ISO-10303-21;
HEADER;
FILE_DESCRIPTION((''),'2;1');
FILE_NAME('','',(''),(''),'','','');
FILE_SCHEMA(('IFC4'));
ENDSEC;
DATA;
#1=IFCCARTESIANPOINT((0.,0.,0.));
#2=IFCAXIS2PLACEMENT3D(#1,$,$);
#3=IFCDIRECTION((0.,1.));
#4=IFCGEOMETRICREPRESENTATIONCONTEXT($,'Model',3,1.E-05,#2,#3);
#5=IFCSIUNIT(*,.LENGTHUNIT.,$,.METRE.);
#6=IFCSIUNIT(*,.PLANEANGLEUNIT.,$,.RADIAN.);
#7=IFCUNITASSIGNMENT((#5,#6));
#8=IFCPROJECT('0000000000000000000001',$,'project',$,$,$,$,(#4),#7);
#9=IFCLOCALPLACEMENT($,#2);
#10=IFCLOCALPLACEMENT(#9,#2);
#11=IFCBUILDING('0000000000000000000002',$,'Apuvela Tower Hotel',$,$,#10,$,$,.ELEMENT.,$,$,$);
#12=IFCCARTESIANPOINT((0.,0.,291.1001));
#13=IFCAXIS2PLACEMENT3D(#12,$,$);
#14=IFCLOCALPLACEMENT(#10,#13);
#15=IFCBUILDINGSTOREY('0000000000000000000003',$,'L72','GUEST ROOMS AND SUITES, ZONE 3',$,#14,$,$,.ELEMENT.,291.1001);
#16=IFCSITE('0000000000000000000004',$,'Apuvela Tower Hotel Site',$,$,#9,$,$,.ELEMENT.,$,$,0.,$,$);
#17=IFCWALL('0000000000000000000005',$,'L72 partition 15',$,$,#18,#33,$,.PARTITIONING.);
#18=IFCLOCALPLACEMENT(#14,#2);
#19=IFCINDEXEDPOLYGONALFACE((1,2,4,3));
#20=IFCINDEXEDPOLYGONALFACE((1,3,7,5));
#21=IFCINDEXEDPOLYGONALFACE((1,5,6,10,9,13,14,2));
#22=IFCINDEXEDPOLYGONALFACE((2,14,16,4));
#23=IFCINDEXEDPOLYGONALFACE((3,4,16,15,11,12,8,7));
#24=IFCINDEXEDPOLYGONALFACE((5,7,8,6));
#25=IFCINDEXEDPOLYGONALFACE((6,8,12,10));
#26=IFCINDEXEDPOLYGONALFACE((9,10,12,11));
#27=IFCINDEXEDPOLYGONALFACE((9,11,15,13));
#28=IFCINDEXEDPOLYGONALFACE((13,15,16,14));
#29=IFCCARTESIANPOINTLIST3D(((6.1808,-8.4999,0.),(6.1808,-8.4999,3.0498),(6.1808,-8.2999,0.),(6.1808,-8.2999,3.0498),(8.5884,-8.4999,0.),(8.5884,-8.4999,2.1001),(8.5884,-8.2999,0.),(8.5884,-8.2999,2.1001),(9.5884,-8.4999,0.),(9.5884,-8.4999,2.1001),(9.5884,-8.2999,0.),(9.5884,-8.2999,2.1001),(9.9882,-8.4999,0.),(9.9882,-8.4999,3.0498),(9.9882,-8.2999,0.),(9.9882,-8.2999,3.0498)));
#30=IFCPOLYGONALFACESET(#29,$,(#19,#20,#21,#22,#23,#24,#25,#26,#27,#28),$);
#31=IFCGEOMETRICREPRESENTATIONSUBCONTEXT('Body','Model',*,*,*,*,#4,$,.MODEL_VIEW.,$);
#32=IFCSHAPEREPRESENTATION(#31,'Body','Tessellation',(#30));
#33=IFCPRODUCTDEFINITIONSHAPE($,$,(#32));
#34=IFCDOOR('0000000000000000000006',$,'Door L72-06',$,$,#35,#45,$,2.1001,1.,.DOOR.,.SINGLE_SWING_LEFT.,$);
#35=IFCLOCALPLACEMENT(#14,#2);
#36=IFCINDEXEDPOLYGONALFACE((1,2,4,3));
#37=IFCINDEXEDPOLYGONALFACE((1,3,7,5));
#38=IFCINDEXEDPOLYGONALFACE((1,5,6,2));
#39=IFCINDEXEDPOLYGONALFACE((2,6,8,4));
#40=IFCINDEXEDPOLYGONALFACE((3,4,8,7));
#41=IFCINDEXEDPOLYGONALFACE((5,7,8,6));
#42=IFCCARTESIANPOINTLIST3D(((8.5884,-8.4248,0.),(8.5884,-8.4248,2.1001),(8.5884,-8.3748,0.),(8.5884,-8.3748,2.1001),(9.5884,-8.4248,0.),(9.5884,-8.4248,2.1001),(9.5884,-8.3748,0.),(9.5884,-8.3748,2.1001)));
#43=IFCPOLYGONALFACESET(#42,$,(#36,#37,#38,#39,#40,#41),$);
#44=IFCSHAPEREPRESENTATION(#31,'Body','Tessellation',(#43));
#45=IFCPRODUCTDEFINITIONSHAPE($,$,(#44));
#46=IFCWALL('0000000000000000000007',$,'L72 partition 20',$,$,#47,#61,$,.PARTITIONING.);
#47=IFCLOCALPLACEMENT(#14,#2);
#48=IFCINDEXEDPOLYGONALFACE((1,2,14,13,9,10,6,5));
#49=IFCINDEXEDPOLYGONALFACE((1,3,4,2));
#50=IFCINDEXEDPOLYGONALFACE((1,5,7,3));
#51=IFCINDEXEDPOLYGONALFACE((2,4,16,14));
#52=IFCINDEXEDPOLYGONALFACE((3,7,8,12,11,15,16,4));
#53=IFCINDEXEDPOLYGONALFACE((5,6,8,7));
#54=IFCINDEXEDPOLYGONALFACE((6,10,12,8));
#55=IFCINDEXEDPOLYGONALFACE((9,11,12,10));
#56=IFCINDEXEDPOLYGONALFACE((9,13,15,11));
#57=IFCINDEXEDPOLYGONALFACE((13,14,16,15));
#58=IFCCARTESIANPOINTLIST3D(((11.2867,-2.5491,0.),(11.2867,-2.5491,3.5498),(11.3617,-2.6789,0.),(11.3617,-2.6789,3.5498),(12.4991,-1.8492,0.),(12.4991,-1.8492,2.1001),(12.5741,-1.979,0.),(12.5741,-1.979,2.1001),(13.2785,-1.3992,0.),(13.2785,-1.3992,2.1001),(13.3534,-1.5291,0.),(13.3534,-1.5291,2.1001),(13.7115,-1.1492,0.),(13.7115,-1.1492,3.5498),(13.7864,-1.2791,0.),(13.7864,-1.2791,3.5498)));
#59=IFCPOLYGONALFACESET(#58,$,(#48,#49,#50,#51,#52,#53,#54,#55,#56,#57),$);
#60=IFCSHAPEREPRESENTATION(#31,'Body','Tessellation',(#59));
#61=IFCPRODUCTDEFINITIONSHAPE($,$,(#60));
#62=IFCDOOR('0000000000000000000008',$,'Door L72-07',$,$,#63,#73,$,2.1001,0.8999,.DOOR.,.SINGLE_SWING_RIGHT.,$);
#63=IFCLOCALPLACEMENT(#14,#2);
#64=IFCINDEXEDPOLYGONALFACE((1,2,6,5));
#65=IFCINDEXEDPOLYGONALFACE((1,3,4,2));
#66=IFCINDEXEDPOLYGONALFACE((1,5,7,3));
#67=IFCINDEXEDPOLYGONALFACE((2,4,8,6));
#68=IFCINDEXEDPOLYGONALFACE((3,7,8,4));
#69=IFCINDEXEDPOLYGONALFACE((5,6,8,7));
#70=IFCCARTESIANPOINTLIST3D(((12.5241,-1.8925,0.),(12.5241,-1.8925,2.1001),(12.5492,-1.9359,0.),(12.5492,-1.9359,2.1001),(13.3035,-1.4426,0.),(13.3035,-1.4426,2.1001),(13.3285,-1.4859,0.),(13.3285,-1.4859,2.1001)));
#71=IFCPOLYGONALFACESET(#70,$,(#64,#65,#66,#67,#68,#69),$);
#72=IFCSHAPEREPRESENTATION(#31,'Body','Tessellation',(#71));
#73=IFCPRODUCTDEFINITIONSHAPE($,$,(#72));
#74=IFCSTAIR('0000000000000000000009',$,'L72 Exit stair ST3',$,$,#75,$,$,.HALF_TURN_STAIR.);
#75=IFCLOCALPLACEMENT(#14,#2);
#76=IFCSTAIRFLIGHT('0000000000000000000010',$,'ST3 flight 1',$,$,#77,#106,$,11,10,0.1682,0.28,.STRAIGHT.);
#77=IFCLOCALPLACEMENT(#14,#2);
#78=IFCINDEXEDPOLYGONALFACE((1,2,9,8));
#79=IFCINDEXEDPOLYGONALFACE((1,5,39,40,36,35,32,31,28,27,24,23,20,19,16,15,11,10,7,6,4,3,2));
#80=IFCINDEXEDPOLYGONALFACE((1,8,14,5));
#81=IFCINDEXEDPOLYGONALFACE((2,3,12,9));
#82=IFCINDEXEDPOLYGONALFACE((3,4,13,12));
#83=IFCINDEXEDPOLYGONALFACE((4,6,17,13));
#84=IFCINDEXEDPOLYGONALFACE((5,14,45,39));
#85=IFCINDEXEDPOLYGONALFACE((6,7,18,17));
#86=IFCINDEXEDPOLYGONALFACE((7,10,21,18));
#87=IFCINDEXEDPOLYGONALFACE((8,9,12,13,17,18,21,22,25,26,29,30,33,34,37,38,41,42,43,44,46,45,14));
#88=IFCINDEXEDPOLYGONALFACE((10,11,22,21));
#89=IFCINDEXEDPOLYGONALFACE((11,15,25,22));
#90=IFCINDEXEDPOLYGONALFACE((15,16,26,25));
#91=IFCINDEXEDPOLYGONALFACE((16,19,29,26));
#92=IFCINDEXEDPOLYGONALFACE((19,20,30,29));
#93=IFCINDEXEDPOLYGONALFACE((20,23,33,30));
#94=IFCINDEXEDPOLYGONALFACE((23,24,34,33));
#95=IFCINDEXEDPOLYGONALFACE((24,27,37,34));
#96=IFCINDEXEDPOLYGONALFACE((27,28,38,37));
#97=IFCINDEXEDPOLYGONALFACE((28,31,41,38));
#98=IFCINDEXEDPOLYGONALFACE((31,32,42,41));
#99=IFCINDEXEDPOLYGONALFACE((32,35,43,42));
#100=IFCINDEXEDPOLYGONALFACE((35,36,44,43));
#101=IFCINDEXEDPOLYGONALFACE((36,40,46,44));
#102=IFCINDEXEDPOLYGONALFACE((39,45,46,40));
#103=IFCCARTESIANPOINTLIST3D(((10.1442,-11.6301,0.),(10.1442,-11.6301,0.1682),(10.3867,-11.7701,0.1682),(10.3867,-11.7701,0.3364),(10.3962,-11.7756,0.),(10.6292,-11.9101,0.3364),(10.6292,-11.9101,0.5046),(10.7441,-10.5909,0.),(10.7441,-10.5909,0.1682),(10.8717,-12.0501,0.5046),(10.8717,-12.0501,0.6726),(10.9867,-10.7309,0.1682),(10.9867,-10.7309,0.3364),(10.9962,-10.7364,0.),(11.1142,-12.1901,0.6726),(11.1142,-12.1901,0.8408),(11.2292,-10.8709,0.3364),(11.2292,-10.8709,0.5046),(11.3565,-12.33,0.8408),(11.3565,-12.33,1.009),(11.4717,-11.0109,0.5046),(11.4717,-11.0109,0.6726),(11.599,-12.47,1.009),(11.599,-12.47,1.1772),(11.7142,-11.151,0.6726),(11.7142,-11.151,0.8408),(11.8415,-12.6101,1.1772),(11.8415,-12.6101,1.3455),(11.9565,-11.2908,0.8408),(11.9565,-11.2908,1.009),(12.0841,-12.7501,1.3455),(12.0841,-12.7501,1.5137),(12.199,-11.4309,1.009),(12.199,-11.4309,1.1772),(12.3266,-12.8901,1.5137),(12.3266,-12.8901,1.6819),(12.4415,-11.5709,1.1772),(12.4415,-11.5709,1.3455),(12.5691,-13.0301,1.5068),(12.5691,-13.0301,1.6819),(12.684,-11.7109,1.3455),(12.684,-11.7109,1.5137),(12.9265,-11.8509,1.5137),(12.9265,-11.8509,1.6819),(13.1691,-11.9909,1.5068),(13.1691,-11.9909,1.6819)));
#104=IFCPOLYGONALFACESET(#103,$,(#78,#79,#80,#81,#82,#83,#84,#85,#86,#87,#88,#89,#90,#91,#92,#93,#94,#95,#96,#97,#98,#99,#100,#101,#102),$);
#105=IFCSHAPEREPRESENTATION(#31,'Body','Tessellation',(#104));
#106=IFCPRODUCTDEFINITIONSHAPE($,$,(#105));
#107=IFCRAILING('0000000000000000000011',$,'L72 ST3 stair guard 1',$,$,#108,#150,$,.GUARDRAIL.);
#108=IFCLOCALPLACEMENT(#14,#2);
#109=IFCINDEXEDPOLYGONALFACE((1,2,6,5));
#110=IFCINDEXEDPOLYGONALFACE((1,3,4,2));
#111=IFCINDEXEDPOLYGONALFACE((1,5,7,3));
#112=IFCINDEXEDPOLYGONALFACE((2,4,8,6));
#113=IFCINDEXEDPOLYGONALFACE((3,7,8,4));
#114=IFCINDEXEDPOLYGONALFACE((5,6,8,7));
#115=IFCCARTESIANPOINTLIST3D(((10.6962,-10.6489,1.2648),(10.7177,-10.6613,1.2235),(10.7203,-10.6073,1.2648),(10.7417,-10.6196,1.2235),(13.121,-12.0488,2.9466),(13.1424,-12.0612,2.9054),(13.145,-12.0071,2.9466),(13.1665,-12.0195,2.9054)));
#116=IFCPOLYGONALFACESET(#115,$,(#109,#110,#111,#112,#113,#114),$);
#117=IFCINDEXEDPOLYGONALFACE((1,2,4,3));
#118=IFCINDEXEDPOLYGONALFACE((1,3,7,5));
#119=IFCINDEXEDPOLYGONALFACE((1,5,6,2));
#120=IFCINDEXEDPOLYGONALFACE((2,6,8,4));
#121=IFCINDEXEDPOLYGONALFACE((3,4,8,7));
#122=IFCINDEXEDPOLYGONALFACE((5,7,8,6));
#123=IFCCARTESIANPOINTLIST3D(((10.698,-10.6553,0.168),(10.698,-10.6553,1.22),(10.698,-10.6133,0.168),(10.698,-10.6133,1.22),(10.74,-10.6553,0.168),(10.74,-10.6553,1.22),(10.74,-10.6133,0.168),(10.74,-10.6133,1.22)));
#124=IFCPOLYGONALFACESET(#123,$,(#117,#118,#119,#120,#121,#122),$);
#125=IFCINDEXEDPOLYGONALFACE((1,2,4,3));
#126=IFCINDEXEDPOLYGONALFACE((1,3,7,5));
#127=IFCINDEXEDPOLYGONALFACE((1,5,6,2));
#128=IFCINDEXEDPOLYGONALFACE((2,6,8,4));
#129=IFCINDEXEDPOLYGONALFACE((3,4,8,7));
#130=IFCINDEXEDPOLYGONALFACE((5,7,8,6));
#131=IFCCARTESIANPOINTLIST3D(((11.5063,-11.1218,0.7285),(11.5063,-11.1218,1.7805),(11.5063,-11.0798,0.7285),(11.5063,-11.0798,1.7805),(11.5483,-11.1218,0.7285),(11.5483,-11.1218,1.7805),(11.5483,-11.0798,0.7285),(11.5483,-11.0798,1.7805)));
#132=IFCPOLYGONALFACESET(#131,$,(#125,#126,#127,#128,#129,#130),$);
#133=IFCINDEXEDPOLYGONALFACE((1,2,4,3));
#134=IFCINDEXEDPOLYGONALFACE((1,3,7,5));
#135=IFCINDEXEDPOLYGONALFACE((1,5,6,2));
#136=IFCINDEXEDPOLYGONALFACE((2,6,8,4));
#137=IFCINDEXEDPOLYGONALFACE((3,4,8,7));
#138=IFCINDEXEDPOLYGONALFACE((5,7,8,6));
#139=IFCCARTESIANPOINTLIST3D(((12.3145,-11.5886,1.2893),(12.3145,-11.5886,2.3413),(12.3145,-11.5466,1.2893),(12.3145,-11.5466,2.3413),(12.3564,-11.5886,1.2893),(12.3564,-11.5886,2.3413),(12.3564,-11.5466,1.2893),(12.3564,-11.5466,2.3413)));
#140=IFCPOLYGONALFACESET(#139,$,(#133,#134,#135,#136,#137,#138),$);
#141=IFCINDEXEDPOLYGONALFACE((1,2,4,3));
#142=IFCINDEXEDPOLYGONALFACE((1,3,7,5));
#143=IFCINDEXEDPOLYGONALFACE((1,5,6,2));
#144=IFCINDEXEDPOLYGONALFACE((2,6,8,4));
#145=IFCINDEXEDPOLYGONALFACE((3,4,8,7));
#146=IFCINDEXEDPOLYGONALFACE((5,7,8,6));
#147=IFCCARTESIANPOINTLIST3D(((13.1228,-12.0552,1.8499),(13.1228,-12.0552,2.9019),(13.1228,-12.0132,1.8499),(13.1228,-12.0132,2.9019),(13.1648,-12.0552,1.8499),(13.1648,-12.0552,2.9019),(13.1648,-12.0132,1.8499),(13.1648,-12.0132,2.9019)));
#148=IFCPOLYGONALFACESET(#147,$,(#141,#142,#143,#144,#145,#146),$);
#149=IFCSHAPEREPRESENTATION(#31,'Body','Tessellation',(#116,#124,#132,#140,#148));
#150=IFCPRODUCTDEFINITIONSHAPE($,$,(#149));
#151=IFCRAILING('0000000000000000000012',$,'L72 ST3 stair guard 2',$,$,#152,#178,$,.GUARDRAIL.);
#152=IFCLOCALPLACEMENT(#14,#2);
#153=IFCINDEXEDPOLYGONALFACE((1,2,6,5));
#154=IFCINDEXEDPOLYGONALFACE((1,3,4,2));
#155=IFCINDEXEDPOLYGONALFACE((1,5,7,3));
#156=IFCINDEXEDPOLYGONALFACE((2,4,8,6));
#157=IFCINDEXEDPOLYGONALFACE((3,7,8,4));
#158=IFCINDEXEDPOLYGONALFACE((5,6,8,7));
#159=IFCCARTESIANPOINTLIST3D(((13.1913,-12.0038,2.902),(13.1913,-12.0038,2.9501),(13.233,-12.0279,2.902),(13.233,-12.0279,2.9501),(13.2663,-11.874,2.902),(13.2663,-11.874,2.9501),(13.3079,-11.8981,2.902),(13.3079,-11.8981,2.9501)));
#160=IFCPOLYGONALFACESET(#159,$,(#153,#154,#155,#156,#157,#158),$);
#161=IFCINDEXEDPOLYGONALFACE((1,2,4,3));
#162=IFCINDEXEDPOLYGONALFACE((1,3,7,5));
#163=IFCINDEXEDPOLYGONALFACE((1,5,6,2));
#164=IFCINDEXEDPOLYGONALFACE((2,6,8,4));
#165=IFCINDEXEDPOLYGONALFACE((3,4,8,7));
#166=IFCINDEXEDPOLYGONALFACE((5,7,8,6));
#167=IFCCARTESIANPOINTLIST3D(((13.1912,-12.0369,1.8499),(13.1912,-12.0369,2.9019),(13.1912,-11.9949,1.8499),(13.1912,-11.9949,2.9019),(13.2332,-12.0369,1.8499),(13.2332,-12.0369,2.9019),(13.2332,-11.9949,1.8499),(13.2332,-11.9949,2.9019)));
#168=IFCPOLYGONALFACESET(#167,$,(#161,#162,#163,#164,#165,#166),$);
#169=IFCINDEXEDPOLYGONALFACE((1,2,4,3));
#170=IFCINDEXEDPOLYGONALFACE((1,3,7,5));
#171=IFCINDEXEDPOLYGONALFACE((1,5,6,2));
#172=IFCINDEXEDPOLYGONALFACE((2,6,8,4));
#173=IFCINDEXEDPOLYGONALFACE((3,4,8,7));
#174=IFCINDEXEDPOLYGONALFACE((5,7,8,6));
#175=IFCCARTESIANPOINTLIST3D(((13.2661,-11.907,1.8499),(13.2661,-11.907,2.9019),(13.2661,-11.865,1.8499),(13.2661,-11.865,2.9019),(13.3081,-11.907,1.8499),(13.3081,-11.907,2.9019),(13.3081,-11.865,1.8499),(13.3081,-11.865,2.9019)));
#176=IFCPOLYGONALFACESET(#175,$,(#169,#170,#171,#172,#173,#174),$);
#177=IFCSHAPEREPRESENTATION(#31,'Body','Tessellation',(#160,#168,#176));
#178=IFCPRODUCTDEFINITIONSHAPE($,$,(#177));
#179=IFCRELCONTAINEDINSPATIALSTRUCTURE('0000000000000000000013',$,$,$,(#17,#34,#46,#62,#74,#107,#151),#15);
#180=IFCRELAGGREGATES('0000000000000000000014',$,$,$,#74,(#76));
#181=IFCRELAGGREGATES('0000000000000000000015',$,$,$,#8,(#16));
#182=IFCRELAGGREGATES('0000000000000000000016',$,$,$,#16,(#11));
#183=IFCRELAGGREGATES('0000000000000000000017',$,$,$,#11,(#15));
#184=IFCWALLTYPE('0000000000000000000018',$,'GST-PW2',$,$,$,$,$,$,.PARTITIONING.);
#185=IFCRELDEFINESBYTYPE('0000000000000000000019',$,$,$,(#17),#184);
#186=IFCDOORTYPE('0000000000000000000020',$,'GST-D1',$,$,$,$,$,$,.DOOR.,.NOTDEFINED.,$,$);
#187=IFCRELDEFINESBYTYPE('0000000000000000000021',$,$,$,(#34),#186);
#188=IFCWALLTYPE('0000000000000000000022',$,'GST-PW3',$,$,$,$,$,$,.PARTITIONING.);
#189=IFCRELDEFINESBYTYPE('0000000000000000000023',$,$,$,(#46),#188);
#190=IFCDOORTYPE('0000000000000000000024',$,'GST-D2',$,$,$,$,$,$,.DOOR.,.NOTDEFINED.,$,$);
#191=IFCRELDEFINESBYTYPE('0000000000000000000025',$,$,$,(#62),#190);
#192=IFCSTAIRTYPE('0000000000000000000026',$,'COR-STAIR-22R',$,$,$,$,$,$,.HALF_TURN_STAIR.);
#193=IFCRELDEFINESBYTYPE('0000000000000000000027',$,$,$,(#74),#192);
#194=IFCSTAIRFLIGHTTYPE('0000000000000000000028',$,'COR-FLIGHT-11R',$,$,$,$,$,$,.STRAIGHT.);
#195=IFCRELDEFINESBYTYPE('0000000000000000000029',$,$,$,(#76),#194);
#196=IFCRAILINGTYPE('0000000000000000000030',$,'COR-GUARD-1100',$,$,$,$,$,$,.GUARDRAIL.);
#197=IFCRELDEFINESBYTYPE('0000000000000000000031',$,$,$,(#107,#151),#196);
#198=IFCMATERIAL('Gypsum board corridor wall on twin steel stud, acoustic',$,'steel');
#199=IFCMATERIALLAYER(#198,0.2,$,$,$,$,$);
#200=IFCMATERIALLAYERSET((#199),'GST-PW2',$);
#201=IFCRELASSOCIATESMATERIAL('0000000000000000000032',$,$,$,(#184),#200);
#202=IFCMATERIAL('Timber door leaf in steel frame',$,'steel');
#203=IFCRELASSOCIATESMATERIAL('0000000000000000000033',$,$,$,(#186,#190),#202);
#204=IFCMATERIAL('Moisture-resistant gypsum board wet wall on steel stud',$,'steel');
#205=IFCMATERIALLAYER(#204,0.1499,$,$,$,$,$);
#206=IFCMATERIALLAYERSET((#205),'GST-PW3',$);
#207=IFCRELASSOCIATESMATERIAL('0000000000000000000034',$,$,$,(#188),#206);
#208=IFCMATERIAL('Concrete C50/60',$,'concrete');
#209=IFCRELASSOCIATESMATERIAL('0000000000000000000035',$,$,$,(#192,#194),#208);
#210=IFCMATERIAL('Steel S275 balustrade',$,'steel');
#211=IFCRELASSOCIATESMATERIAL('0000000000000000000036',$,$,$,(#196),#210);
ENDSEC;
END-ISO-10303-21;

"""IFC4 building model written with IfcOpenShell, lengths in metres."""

from ifc_helpers import new_model, si_unit, direction, frame, frame_2d, origin, origin_2d, place, context, subcontext, project, spatial, polyline, rectangle, outline, extrude, material, layer, layer_set, type_object, element, fill, aggregate, save


model = new_model("IFC4")

# Units and contexts
model_context = context("Model", 3, precision=1e-05, world=origin(), true_north=direction((0.0, 1.0)))
body_context = subcontext(model_context, "Body", "Model", "MODEL_VIEW")
ifc_project = project(units=[si_unit("LENGTHUNIT", "METRE"), si_unit("PLANEANGLEUNIT", "RADIAN")], contexts=[model_context])

# Site, building, storey
site_placement = place(None, origin())
site = spatial("IfcSite", under=ifc_project, at=site_placement, Name="Apuvela Tower Hotel Site", CompositionType="ELEMENT", RefElevation=0.0)
building_placement = place(site_placement, origin())
building = spatial("IfcBuilding", under=site, at=building_placement, Name="Apuvela Tower Hotel", CompositionType="ELEMENT")
storey_placement = place(building_placement, frame((0.0, 0.0, 291.1001)))
storey = spatial("IfcBuildingStorey", under=building, at=storey_placement, Name="L72", Description="GUEST ROOMS AND SUITES, ZONE 3", CompositionType="ELEMENT", Elevation=291.1001)

# Shared definitions
ifc_material_1 = material(Name="Concrete C50/60", Category="concrete")

# Walls, openings, doors
ifc_material_2 = material(Name="Gypsum board corridor wall on twin steel stud, acoustic", Category="steel")
ifc_layer_1 = layer(ifc_material_2, 0.2)
ifc_layer_set_1 = layer_set([ifc_layer_1], Name="GST-PW2")
wall_type_1 = type_object("IfcWallType", Name="GST-PW2", PredefinedType="PARTITIONING", material=ifc_layer_set_1)
ifc_material_3 = material(Name="Timber door leaf in steel frame", Category="steel")
door_type_1 = type_object("IfcDoorType", Name="GST-D1", OperationType="NOTDEFINED", PredefinedType="DOOR", material=ifc_material_3)
wall_1_placement = place(storey_placement, frame((9.9883, -8.3999, 0.0), z_axis=(0.0, 0.0, 1.0), x_axis=(-1.0, 0.0, 0.0)))
wall_1 = element("IfcWall", 1, at=wall_1_placement, inside=storey, type_object=wall_type_1, Name="L72 partition 15", PredefinedType="PARTITIONING", context=body_context, shape_type="SweptSolid", body=[
    extrude(rectangle(XDim=3.8074, YDim=0.2, at=frame_2d((1.9038, 0.0))), origin(), (0.0, 0.0, 1.0), 3.0498),
])
opening_1_placement = place(wall_1_placement, frame((0.3999, 0.0, 0.0)))
opening_1 = element("IfcOpeningElement", 2, at=opening_1_placement, cuts=wall_1, PredefinedType="OPENING", context=body_context, shape_type="SweptSolid", body=[
    extrude(rectangle(XDim=1.0, YDim=2.1001, at=frame_2d((0.5, 1.05))), frame((0.0, 0.1099, 0.0), z_axis=(0.0, -1.0, 0.0), x_axis=(1.0, 0.0, 0.0)), (0.0, 0.0, 1.0), 0.22),
])
door_1_placement = place(opening_1_placement, origin())
door_1 = element("IfcDoor", 3, at=door_1_placement, inside=storey, type_object=door_type_1, Name="Door L72-06", OperationType="SINGLE_SWING_LEFT", OverallHeight=2.1001, OverallWidth=1.0, PredefinedType="DOOR", context=body_context, shape_type="SweptSolid", body=[
    extrude(rectangle(XDim=1.0, YDim=2.1001, at=frame_2d((0.5, 1.05))), frame((0.0, 0.0249, 0.0), z_axis=(0.0, -1.0, 0.0), x_axis=(1.0, 0.0, 0.0)), (0.0, 0.0, 1.0), 0.05),
])
fill(opening_1, door_1)
ifc_material_4 = material(Name="Moisture-resistant gypsum board wet wall on steel stud", Category="steel")
ifc_layer_2 = layer(ifc_material_4, 0.1499)
ifc_layer_set_2 = layer_set([ifc_layer_2], Name="GST-PW3")
wall_type_2 = type_object("IfcWallType", Name="GST-PW3", PredefinedType="PARTITIONING", material=ifc_layer_set_2)
wall_2_placement = place(storey_placement, frame((11.3242, -2.614, 0.0), z_axis=(0.0, 0.0, 1.0), x_axis=(0.866035, 0.499984, 0.0)))
wall_2 = element("IfcWall", 4, at=wall_2_placement, inside=storey, type_object=wall_type_2, Name="L72 partition 20", PredefinedType="PARTITIONING", context=body_context, shape_type="SweptSolid", body=[
    extrude(rectangle(XDim=2.7998, YDim=0.1499, at=frame_2d((1.3999, 0.0))), origin(), (0.0, 0.0, 1.0), 3.5498),
])
opening_2_placement = place(wall_2_placement, frame((1.3999, 0.0, 0.0)))
opening_2 = element("IfcOpeningElement", 5, at=opening_2_placement, cuts=wall_2, PredefinedType="OPENING", context=body_context, shape_type="SweptSolid", body=[
    extrude(rectangle(XDim=0.8999, YDim=2.1001, at=frame_2d((0.45, 1.05))), frame((0.0, 0.085, 0.0), z_axis=(0.0, -1.0, 0.0), x_axis=(1.0, 0.0, 0.0)), (0.0, 0.0, 1.0), 0.1699),
])
door_type_2 = type_object("IfcDoorType", Name="GST-D2", OperationType="NOTDEFINED", PredefinedType="DOOR", material=ifc_material_3)
door_2_placement = place(opening_2_placement, origin())
door_2 = element("IfcDoor", 6, at=door_2_placement, inside=storey, type_object=door_type_2, Name="Door L72-07", OperationType="SINGLE_SWING_RIGHT", OverallHeight=2.1001, OverallWidth=0.8999, PredefinedType="DOOR", context=body_context, shape_type="SweptSolid", body=[
    extrude(rectangle(XDim=0.8999, YDim=2.1001, at=frame_2d((0.45, 1.05))), frame((0.0, 0.0249, 0.0), z_axis=(0.0, -1.0, 0.0), x_axis=(1.0, 0.0, 0.0)), (0.0, 0.0, 1.0), 0.05),
])
fill(opening_2, door_2)

# Stair, stair flight
stair_type = type_object("IfcStairType", Name="COR-STAIR-22R", PredefinedType="HALF_TURN_STAIR", material=ifc_material_1)
stair_placement = place(storey_placement, origin())
stair = element("IfcStair", 7, at=stair_placement, inside=storey, type_object=stair_type, Name="L72 Exit stair ST3", PredefinedType="HALF_TURN_STAIR")
stair_flight_type = type_object("IfcStairFlightType", Name="COR-FLIGHT-11R", PredefinedType="STRAIGHT", material=ifc_material_1)
stair_flight_placement = place(storey_placement, frame((10.4441, -11.1106, 0.0), z_axis=(0.0, 0.0, 1.0), x_axis=(0.866025, -0.5, 0.0)))
stair_flight = element("IfcStairFlight", 8, at=stair_flight_placement, type_object=stair_flight_type, Name="ST3 flight 1", NumberOfRisers=11, NumberOfTreads=10, PredefinedType="STRAIGHT", RiserHeight=0.1682, TreadLength=0.28, context=body_context, shape_type="SweptSolid", body=[
    extrude(outline(polyline([(0.0, 0.0), (0.0, 0.1682), (0.28, 0.1682), (0.28, 0.3364), (0.5601, 0.3364), (0.5601, 0.5046), (0.8401, 0.5046), (0.8401, 0.6726), (1.1201, 0.6726), (1.1201, 0.8408), (1.3999, 0.8408), (1.3999, 1.009), (1.6799, 1.009), (1.6799, 1.1772), (1.96, 1.1772), (1.96, 1.3455), (2.24, 1.3455), (2.24, 1.5137), (2.52, 1.5137), (2.52, 1.6819), (2.8, 1.6819), (2.8, 1.8501), (2.8, 1.5068), (0.291, 0.0), (0.0, 0.0)])), frame((0.0, 0.6001, 0.0), z_axis=(0.0, -1.0, 0.0), x_axis=(1.0, 0.0, 0.0)), (0.0, 0.0, 1.0), 1.2),
])
aggregate(stair, [stair_flight])

# Railings
ifc_material_5 = material(Name="Steel S275 balustrade", Category="steel")
railing_type_1 = type_object("IfcRailingType", Name="COR-GUARD-1100", PredefinedType="GUARDRAIL", material=ifc_material_5)
railing_1_placement = place(storey_placement, frame((10.719, -10.6343, 0.168)))
element("IfcRailing", 9, at=railing_1_placement, inside=storey, type_object=railing_type_1, Name="L72 ST3 stair guard 1", PredefinedType="GUARDRAIL", context=body_context, shape_type="SweptSolid", body=[
    extrude(rectangle(XDim=0.0481, YDim=0.0481, at=origin_2d()), frame((0.0, 0.0, 1.0762), z_axis=(0.74239, -0.428601, 0.514934), x_axis=(0.499984, 0.866035, 0.0)), (0.0, 0.0, 1.0), 3.2661),
    extrude(rectangle(XDim=0.042, YDim=0.042, at=origin_2d()), origin(), (0.0, 0.0, 1.0), 1.052),
    extrude(rectangle(XDim=0.042, YDim=0.042, at=origin_2d()), frame((0.8083, -0.4666, 0.5605)), (0.0, 0.0, 1.0), 1.052),
    extrude(rectangle(XDim=0.042, YDim=0.042, at=origin_2d()), frame((1.6165, -0.9333, 1.1213)), (0.0, 0.0, 1.0), 1.052),
    extrude(rectangle(XDim=0.042, YDim=0.042, at=origin_2d()), frame((2.4248, -1.3999, 1.6819)), (0.0, 0.0, 1.0), 1.052),
])
for number, where, name in (
    (10, (13.2122, -12.0159, 1.8499), "L72 ST3 stair guard 2"),
):
    element("IfcRailing", number, at=place(storey_placement, frame(where)), inside=storey, type_object=railing_type_1, Name=name, PredefinedType="GUARDRAIL", context=body_context, shape_type="SweptSolid", body=[
        extrude(rectangle(XDim=0.0481, YDim=0.0481, at=origin_2d()), frame((0.0, 0.0, 1.0762), z_axis=(0.499816, 0.866131, 0.0), x_axis=(-0.866131, 0.499816, 0.0)), (0.0, 0.0, 1.0), 0.1499),
        extrude(rectangle(XDim=0.042, YDim=0.042, at=origin_2d()), origin(), (0.0, 0.0, 1.0), 1.052),
        extrude(rectangle(XDim=0.042, YDim=0.042, at=origin_2d()), frame((0.075, 0.1299, 0.0)), (0.0, 0.0, 1.0), 1.052),
    ])

save(model, "model.ifc")
